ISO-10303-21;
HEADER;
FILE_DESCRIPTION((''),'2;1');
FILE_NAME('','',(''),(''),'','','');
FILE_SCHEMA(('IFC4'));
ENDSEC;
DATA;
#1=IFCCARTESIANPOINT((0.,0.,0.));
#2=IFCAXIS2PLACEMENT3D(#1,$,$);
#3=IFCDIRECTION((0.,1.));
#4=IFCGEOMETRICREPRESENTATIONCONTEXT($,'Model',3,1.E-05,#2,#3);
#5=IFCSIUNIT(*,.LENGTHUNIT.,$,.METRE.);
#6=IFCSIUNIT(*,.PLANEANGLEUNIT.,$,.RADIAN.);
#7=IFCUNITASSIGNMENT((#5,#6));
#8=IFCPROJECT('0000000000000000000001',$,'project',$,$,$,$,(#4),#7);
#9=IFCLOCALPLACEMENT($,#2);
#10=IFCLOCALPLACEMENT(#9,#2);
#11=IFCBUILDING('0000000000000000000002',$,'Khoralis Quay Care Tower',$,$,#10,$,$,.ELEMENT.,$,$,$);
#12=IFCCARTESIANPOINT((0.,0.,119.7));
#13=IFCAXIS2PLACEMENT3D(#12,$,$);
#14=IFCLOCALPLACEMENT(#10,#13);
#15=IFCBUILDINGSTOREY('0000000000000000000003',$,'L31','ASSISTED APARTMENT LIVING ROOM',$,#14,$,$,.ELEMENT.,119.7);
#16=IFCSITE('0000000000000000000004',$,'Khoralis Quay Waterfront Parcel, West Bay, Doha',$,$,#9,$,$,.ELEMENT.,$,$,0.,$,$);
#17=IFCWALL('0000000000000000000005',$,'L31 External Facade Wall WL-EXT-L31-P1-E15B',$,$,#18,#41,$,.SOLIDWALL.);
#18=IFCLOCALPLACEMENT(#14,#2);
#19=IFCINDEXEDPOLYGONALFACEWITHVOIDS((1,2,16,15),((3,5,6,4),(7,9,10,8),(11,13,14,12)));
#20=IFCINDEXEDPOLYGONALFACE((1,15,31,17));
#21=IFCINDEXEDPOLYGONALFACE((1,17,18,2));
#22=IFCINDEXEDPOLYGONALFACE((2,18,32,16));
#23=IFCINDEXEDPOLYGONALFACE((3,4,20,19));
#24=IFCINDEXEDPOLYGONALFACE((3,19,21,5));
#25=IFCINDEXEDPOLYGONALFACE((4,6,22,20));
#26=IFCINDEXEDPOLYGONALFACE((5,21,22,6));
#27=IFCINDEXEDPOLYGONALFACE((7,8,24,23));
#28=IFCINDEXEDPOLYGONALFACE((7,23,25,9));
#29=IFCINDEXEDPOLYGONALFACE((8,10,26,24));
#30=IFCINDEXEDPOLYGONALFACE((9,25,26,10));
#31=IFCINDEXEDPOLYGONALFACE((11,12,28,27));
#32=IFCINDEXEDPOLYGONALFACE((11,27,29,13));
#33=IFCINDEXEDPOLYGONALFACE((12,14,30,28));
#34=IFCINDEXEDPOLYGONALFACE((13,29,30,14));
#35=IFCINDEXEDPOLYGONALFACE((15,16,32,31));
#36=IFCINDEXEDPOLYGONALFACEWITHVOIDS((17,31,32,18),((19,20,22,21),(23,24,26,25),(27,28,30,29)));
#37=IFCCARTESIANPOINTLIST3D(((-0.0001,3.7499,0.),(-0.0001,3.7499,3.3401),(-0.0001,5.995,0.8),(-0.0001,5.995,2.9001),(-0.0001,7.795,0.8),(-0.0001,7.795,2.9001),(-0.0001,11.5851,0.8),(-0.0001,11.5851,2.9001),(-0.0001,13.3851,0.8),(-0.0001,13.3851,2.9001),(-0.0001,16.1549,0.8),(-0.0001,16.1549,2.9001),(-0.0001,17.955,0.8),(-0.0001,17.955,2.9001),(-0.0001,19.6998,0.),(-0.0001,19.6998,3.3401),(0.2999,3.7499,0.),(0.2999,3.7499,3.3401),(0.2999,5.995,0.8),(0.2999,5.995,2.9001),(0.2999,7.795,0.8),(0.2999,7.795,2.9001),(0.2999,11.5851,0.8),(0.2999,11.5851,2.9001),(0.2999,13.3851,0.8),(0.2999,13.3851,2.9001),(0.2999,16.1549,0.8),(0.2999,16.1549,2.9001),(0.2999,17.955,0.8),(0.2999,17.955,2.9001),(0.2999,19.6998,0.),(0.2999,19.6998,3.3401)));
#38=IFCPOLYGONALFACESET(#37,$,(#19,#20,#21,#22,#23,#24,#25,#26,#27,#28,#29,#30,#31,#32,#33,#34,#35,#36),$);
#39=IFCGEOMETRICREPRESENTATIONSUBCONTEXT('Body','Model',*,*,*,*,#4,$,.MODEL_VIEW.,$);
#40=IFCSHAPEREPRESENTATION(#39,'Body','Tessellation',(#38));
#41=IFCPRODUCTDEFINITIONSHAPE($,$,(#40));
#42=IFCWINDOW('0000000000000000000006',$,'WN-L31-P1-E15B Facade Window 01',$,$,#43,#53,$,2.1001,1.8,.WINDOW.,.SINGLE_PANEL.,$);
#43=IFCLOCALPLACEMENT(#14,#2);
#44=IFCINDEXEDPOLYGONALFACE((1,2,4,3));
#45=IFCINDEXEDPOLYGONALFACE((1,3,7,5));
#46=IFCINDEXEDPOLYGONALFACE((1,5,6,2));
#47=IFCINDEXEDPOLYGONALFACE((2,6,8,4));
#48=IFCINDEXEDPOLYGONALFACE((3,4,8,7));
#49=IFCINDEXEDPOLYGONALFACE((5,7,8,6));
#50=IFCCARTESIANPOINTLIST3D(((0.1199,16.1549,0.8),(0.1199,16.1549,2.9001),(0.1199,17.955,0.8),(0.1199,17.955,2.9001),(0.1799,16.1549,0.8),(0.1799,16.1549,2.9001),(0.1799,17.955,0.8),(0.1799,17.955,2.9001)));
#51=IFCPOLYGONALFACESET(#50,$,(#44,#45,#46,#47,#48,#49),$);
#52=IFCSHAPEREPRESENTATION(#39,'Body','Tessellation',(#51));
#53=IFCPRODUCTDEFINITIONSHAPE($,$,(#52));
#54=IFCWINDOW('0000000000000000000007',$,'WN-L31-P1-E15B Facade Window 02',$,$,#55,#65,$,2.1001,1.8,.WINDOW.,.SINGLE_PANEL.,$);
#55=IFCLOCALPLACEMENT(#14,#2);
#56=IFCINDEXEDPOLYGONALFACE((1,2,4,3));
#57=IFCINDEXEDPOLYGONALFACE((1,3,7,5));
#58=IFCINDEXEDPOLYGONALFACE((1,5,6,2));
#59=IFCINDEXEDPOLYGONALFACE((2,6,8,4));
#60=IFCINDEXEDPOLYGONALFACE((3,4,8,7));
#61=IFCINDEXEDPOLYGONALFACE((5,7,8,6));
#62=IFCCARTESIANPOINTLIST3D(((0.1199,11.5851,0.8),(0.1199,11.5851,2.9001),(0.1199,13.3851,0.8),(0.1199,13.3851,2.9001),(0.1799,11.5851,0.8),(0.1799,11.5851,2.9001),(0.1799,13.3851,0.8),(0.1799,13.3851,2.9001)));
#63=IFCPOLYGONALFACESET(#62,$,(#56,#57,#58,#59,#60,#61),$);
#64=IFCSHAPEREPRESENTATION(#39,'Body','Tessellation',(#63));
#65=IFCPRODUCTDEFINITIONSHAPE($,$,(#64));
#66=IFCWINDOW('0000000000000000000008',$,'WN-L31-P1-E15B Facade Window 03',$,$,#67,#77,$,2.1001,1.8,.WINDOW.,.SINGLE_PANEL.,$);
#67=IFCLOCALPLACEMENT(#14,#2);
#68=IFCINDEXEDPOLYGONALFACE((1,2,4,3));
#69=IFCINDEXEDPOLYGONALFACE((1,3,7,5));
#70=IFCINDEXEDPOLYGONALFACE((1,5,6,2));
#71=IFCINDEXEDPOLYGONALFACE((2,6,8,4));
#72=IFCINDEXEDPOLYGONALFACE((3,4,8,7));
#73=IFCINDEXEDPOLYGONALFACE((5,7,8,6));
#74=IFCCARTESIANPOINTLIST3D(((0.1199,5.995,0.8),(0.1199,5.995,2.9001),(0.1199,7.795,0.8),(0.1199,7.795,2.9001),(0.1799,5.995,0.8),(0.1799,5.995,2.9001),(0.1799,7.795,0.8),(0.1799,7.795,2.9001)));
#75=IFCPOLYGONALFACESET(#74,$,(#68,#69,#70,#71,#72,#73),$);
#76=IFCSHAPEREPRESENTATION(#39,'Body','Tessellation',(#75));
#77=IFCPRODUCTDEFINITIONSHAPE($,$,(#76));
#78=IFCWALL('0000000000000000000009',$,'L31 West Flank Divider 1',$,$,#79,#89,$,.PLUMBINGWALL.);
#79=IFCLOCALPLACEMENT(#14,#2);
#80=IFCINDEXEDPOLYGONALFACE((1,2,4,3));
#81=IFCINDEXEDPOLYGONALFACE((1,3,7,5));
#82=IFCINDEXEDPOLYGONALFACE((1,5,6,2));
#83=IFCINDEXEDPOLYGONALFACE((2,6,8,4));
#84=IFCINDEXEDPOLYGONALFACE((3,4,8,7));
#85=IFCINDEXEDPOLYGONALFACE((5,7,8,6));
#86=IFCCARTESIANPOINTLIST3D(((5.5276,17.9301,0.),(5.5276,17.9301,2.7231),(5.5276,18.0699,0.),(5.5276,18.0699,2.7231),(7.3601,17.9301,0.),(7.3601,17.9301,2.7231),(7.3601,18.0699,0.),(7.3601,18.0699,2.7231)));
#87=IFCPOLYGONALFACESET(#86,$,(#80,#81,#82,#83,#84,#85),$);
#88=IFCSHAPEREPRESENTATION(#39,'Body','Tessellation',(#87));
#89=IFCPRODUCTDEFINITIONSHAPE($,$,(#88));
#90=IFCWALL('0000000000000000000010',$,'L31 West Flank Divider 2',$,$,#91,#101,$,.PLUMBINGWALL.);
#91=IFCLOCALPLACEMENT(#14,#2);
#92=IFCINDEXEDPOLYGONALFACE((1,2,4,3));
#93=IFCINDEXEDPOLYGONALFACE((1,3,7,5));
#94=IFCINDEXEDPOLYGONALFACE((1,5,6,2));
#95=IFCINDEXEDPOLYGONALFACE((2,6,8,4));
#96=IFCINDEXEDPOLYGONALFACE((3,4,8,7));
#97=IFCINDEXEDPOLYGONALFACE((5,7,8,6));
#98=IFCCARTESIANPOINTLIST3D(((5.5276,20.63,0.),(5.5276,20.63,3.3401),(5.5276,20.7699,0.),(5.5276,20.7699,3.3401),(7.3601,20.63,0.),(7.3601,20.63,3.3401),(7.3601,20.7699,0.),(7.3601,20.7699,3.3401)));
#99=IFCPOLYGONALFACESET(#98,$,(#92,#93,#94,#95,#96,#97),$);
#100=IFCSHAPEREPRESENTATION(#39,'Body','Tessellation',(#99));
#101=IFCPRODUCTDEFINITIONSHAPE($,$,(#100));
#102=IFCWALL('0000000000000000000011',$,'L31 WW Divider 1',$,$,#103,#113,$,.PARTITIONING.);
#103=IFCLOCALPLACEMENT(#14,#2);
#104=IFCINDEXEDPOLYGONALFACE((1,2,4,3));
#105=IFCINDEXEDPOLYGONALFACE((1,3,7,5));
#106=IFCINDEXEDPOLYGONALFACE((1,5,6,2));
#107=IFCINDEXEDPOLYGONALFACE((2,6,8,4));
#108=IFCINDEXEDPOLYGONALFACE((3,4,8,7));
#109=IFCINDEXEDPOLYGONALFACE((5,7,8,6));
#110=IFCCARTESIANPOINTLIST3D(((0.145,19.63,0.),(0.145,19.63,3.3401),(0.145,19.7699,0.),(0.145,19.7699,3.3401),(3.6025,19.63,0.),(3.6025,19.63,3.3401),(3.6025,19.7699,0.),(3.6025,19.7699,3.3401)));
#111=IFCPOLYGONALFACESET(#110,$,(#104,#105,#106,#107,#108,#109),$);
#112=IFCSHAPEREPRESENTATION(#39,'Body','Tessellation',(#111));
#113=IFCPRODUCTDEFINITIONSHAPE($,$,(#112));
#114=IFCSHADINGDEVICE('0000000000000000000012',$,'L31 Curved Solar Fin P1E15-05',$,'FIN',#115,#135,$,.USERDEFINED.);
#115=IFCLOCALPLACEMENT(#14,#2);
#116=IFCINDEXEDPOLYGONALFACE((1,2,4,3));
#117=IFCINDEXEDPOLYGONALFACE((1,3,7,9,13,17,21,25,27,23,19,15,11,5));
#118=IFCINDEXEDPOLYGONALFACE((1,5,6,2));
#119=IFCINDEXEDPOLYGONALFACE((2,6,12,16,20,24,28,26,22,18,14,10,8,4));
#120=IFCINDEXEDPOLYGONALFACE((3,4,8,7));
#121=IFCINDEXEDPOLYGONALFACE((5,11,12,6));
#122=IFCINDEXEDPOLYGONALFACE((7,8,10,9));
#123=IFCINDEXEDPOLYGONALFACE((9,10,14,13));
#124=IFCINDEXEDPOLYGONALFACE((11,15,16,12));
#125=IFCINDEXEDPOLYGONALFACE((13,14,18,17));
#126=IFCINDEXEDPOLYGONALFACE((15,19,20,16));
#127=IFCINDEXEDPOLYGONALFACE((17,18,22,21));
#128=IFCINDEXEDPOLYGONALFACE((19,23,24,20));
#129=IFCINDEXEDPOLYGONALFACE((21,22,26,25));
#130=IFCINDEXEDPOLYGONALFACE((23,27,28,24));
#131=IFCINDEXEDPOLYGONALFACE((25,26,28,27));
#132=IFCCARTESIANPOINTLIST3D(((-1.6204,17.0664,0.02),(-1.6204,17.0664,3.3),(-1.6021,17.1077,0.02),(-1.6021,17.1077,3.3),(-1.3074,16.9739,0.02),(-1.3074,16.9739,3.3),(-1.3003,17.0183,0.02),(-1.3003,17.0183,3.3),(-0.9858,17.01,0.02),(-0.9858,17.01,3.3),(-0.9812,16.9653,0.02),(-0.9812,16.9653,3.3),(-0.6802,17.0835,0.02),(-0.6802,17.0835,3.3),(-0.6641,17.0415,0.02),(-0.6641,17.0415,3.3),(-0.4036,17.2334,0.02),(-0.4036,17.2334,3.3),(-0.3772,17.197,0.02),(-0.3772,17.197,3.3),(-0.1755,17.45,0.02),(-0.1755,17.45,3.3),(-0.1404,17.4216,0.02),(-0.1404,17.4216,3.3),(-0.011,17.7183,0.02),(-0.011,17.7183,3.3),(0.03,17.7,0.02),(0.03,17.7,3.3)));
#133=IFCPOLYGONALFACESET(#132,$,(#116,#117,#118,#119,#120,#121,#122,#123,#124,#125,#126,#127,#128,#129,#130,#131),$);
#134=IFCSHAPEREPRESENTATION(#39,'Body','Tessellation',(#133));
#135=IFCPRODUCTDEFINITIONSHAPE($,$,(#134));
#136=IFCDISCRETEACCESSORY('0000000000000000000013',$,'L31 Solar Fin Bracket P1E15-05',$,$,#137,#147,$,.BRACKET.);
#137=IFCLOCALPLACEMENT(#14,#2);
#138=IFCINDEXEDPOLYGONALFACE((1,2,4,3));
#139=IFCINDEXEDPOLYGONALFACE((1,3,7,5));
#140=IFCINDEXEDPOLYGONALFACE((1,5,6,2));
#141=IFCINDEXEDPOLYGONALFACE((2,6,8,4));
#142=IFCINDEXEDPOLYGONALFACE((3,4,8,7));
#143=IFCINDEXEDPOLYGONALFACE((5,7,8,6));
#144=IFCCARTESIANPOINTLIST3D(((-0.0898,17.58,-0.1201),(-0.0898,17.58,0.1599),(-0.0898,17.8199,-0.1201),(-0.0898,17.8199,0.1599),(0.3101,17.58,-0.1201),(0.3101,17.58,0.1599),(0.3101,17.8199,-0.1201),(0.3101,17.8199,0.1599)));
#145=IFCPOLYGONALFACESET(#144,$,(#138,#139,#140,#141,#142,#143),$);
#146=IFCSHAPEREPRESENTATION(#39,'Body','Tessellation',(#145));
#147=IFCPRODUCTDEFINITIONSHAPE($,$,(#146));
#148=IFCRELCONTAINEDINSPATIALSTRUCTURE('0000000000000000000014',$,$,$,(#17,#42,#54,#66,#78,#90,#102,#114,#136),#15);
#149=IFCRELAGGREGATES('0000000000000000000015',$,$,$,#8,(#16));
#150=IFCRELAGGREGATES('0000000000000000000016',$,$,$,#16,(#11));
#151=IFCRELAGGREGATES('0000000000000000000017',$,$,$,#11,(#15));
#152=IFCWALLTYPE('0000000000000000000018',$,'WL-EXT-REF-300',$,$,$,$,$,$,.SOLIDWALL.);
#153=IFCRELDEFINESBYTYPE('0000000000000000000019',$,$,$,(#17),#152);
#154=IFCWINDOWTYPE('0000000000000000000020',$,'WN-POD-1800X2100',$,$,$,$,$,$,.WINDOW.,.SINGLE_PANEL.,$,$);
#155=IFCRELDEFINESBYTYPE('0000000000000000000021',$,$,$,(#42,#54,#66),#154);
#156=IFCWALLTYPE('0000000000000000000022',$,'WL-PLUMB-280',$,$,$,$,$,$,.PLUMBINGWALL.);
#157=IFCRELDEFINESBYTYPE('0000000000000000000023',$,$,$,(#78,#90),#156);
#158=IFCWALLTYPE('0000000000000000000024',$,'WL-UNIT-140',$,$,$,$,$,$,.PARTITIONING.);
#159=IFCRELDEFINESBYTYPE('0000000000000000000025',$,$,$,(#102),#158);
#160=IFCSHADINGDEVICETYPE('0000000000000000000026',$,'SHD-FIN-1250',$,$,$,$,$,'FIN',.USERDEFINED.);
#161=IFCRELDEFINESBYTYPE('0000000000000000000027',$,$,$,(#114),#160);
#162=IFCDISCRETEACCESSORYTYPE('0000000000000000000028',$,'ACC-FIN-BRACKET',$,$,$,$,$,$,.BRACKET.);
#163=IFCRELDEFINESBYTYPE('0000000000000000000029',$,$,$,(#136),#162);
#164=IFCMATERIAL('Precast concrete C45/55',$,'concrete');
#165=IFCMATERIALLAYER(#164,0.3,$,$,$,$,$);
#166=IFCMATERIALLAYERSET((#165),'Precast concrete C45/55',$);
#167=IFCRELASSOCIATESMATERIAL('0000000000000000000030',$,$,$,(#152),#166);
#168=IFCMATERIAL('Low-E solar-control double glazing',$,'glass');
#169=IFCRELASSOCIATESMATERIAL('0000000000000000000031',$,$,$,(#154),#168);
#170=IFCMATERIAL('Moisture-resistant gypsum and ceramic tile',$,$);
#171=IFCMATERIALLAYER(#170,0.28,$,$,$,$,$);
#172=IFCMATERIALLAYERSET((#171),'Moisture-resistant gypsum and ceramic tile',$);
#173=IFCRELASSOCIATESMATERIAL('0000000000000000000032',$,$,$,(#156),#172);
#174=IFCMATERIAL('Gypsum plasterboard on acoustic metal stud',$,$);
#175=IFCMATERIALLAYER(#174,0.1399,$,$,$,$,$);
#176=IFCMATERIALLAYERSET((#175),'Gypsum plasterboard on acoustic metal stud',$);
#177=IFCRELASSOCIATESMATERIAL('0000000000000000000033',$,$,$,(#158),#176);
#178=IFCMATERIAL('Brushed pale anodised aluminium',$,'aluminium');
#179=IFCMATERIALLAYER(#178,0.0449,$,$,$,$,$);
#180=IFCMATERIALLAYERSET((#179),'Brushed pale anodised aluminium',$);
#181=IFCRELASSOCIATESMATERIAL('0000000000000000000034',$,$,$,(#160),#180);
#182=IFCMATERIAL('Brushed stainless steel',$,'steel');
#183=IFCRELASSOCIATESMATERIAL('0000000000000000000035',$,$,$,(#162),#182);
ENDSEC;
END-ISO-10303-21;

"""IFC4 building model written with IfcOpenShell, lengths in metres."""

from ifc_helpers import new_model, si_unit, direction, frame, frame_2d, origin, origin_2d, place, context, subcontext, project, spatial, polyline, rectangle, outline, extrude, source, transform, mapped, material, layer, layer_set, type_object, element, fill, save


model = new_model("IFC4")

# Units and contexts
model_context = context("Model", 3, precision=1e-05, world=origin(), true_north=direction((0.0, 1.0)))
body_context = subcontext(model_context, "Body", "Model", "MODEL_VIEW")
ifc_project = project(units=[si_unit("LENGTHUNIT", "METRE"), si_unit("PLANEANGLEUNIT", "RADIAN")], contexts=[model_context])

# Site, building, storey
site_placement = place(None, origin())
site = spatial("IfcSite", under=ifc_project, at=site_placement, Name="Khoralis Quay Waterfront Parcel, West Bay, Doha", CompositionType="ELEMENT", RefElevation=0.0)
building_placement = place(site_placement, origin())
building = spatial("IfcBuilding", under=site, at=building_placement, Name="Khoralis Quay Care Tower", CompositionType="ELEMENT")
storey_placement = place(building_placement, frame((0.0, 0.0, 119.7)))
storey = spatial("IfcBuildingStorey", under=building, at=storey_placement, Name="L31", Description="ASSISTED APARTMENT LIVING ROOM", CompositionType="ELEMENT", Elevation=119.7)

# Shared definitions
ifc_material_1 = material(Name="Low-E solar-control double glazing", Category="glass")

# Wall, openings, windows
ifc_material_2 = material(Name="Precast concrete C45/55", Category="concrete")
ifc_layer_1 = layer(ifc_material_2, 0.3)
ifc_layer_set_1 = layer_set([ifc_layer_1], Name="Precast concrete C45/55")
wall_type_1 = type_object("IfcWallType", Name="WL-EXT-REF-300", PredefinedType="SOLIDWALL", material=ifc_layer_set_1)
wall_1_placement = place(storey_placement, frame((0.1499, 19.7, 0.0), z_axis=(0.0, 0.0, 1.0), x_axis=(0.0, -1.0, 0.0)))
wall_1 = element("IfcWall", 1, at=wall_1_placement, inside=storey, type_object=wall_type_1, Name="L31 External Facade Wall WL-EXT-L31-P1-E15B", PredefinedType="SOLIDWALL", context=body_context, shape_type="SweptSolid", body=[
    extrude(rectangle(XDim=15.95, YDim=0.3, at=frame_2d((7.9751, 0.0))), origin(), (0.0, 0.0, 1.0), 3.3401),
])
opening_1_placement = place(wall_1_placement, frame((1.7451, 0.0, 0.8)))
opening_1 = element("IfcOpeningElement", 2, at=opening_1_placement, cuts=wall_1, PredefinedType="OPENING", context=body_context, shape_type="SweptSolid", body=[
    extrude(rectangle(XDim=1.8, YDim=2.1001, at=frame_2d((0.8999, 1.05))), frame((0.0, 0.1602, 0.0), z_axis=(0.0, -1.0, 0.0), x_axis=(1.0, 0.0, 0.0)), (0.0, 0.0, 1.0), 0.3201),
])
opening_2_placement = place(wall_1_placement, frame((6.3149, 0.0, 0.8)))
opening_2 = element("IfcOpeningElement", 3, at=opening_2_placement, cuts=wall_1, PredefinedType="OPENING", context=body_context, shape_type="SweptSolid", body=[
    extrude(rectangle(XDim=1.8, YDim=2.1001, at=frame_2d((0.8999, 1.05))), frame((0.0, 0.1602, 0.0), z_axis=(0.0, -1.0, 0.0), x_axis=(1.0, 0.0, 0.0)), (0.0, 0.0, 1.0), 0.3201),
])
opening_3_placement = place(wall_1_placement, frame((11.905, 0.0, 0.8)))
opening_3 = element("IfcOpeningElement", 4, at=opening_3_placement, cuts=wall_1, PredefinedType="OPENING", context=body_context, shape_type="SweptSolid", body=[
    extrude(rectangle(XDim=1.8, YDim=2.1001, at=frame_2d((0.8999, 1.05))), frame((0.0, 0.1602, 0.0), z_axis=(0.0, -1.0, 0.0), x_axis=(1.0, 0.0, 0.0)), (0.0, 0.0, 1.0), 0.3201),
])
window_type = type_object("IfcWindowType", Name="WN-POD-1800X2100", PartitioningType="SINGLE_PANEL", PredefinedType="WINDOW", material=ifc_material_1)
shared_shape_1 = source(origin(), body_context, "Body", "SweptSolid", [
    extrude(rectangle(XDim=1.8, YDim=2.1001, at=frame_2d((0.8999, 1.05))), frame((0.0, 0.03, 0.0), z_axis=(0.0, -1.0, 0.0), x_axis=(1.0, 0.0, 0.0)), (0.0, 0.0, 1.0), 0.0601),
])
window_1_placement = place(opening_1_placement, origin())
window_1 = element("IfcWindow", 5, at=window_1_placement, inside=storey, type_object=window_type, Name="WN-L31-P1-E15B Facade Window 01", OverallHeight=2.1001, OverallWidth=1.8, PartitioningType="SINGLE_PANEL", PredefinedType="WINDOW", context=body_context, shape_type="MappedRepresentation", body=[
    mapped(shared_shape_1, transform((0.0, 0.0, 0.0), scale=1.0)),
])
fill(opening_1, window_1)
window_2_placement = place(opening_2_placement, origin())
window_2 = element("IfcWindow", 6, at=window_2_placement, inside=storey, type_object=window_type, Name="WN-L31-P1-E15B Facade Window 02", OverallHeight=2.1001, OverallWidth=1.8, PartitioningType="SINGLE_PANEL", PredefinedType="WINDOW", context=body_context, shape_type="MappedRepresentation", body=[
    mapped(shared_shape_1, transform((0.0, 0.0, 0.0), scale=1.0)),
])
fill(opening_2, window_2)
window_3_placement = place(opening_3_placement, origin())
window_3 = element("IfcWindow", 7, at=window_3_placement, inside=storey, type_object=window_type, Name="WN-L31-P1-E15B Facade Window 03", OverallHeight=2.1001, OverallWidth=1.8, PartitioningType="SINGLE_PANEL", PredefinedType="WINDOW", context=body_context, shape_type="MappedRepresentation", body=[
    mapped(shared_shape_1, transform((0.0, 0.0, 0.0), scale=1.0)),
])
fill(opening_3, window_3)

# Walls
ifc_material_3 = material(Name="Moisture-resistant gypsum and ceramic tile")
ifc_layer_2 = layer(ifc_material_3, 0.28)
ifc_layer_set_2 = layer_set([ifc_layer_2], Name="Moisture-resistant gypsum and ceramic tile")
wall_type_2 = type_object("IfcWallType", Name="WL-PLUMB-280", PredefinedType="PLUMBINGWALL", material=ifc_layer_set_2)
wall_2_placement = place(storey_placement, frame((5.5276, 18.0, 0.0), z_axis=(0.0, 0.0, 1.0), x_axis=(1.0, 0.0, 0.0)))
element("IfcWall", 8, at=wall_2_placement, inside=storey, type_object=wall_type_2, Name="L31 West Flank Divider 1", PredefinedType="PLUMBINGWALL", context=body_context, shape_type="SweptSolid", body=[
    extrude(rectangle(XDim=1.8325, YDim=0.1399, at=frame_2d((0.9163, 0.0))), origin(), (0.0, 0.0, 1.0), 2.7231),
])
wall_3_placement = place(storey_placement, frame((5.5276, 20.7, 0.0), z_axis=(0.0, 0.0, 1.0), x_axis=(1.0, 0.0, 0.0)))
element("IfcWall", 9, at=wall_3_placement, inside=storey, type_object=wall_type_2, Name="L31 West Flank Divider 2", PredefinedType="PLUMBINGWALL", context=body_context, shape_type="SweptSolid", body=[
    extrude(rectangle(XDim=1.8325, YDim=0.1399, at=frame_2d((0.9163, 0.0))), origin(), (0.0, 0.0, 1.0), 3.3401),
])
ifc_material_4 = material(Name="Gypsum plasterboard on acoustic metal stud")
ifc_layer_3 = layer(ifc_material_4, 0.1399)
ifc_layer_set_3 = layer_set([ifc_layer_3], Name="Gypsum plasterboard on acoustic metal stud")
wall_type_3 = type_object("IfcWallType", Name="WL-UNIT-140", PredefinedType="PARTITIONING", material=ifc_layer_set_3)
wall_4_placement = place(storey_placement, frame((0.145, 19.7, 0.0), z_axis=(0.0, 0.0, 1.0), x_axis=(1.0, 0.0, 0.0)))
element("IfcWall", 10, at=wall_4_placement, inside=storey, type_object=wall_type_3, Name="L31 WW Divider 1", PredefinedType="PARTITIONING", context=body_context, shape_type="SweptSolid", body=[
    extrude(rectangle(XDim=3.4575, YDim=0.1399, at=frame_2d((1.7288, 0.0))), origin(), (0.0, 0.0, 1.0), 3.3401),
])

# Shading device
ifc_material_5 = material(Name="Brushed pale anodised aluminium", Category="aluminium")
ifc_layer_4 = layer(ifc_material_5, 0.0449)
ifc_layer_set_4 = layer_set([ifc_layer_4], Name="Brushed pale anodised aluminium")
shading_device_type = type_object("IfcShadingDeviceType", Name="SHD-FIN-1250", ElementType="FIN", PredefinedType="USERDEFINED", material=ifc_layer_set_4)
shared_shape_2 = source(origin(), body_context, "Body", "SweptSolid", [
    extrude(outline(polyline([(0.0, 0.0), (0.1704, 0.2783), (0.4072, 0.5029), (0.6941, 0.6584), (1.0112, 0.7346), (1.3374, 0.7261), (1.6504, 0.6335), (1.6321, 0.5923), (1.3303, 0.6816), (1.0159, 0.6899), (0.7102, 0.6165), (0.4336, 0.4666), (0.2056, 0.25), (0.041, -0.0183), (0.0, 0.0)])), origin(), (0.0, 0.0, 1.0), 3.28),
])
shading_device_placement = place(storey_placement, frame((0.03, 17.7, 0.02), z_axis=(0.0, 0.0, 1.0), x_axis=(-1.0, 0.0, 0.0)))
element("IfcShadingDevice", 11, at=shading_device_placement, inside=storey, type_object=shading_device_type, Name="L31 Curved Solar Fin P1E15-05", ObjectType="FIN", PredefinedType="USERDEFINED", context=body_context, shape_type="MappedRepresentation", body=[
    mapped(shared_shape_2, transform((0.0, 0.0, 0.0), scale=1.0)),
])

# Discrete accessory
ifc_material_6 = material(Name="Brushed stainless steel", Category="steel")
discrete_accessory_type = type_object("IfcDiscreteAccessoryType", Name="ACC-FIN-BRACKET", PredefinedType="BRACKET", material=ifc_material_6)
shared_shape_3 = source(origin(), body_context, "Body", "SweptSolid", [
    extrude(rectangle(XDim=0.3999, YDim=0.24, at=origin_2d()), origin(), (0.0, 0.0, 1.0), 0.28),
])
discrete_accessory_placement = place(storey_placement, frame((0.1101, 17.7, -0.1201), z_axis=(0.0, 0.0, 1.0), x_axis=(-1.0, 0.0, 0.0)))
element("IfcDiscreteAccessory", 12, at=discrete_accessory_placement, inside=storey, type_object=discrete_accessory_type, Name="L31 Solar Fin Bracket P1E15-05", PredefinedType="BRACKET", context=body_context, shape_type="MappedRepresentation", body=[
    mapped(shared_shape_3, transform((0.0, 0.0, 0.0), scale=1.0)),
])

save(model, "model.ifc")
